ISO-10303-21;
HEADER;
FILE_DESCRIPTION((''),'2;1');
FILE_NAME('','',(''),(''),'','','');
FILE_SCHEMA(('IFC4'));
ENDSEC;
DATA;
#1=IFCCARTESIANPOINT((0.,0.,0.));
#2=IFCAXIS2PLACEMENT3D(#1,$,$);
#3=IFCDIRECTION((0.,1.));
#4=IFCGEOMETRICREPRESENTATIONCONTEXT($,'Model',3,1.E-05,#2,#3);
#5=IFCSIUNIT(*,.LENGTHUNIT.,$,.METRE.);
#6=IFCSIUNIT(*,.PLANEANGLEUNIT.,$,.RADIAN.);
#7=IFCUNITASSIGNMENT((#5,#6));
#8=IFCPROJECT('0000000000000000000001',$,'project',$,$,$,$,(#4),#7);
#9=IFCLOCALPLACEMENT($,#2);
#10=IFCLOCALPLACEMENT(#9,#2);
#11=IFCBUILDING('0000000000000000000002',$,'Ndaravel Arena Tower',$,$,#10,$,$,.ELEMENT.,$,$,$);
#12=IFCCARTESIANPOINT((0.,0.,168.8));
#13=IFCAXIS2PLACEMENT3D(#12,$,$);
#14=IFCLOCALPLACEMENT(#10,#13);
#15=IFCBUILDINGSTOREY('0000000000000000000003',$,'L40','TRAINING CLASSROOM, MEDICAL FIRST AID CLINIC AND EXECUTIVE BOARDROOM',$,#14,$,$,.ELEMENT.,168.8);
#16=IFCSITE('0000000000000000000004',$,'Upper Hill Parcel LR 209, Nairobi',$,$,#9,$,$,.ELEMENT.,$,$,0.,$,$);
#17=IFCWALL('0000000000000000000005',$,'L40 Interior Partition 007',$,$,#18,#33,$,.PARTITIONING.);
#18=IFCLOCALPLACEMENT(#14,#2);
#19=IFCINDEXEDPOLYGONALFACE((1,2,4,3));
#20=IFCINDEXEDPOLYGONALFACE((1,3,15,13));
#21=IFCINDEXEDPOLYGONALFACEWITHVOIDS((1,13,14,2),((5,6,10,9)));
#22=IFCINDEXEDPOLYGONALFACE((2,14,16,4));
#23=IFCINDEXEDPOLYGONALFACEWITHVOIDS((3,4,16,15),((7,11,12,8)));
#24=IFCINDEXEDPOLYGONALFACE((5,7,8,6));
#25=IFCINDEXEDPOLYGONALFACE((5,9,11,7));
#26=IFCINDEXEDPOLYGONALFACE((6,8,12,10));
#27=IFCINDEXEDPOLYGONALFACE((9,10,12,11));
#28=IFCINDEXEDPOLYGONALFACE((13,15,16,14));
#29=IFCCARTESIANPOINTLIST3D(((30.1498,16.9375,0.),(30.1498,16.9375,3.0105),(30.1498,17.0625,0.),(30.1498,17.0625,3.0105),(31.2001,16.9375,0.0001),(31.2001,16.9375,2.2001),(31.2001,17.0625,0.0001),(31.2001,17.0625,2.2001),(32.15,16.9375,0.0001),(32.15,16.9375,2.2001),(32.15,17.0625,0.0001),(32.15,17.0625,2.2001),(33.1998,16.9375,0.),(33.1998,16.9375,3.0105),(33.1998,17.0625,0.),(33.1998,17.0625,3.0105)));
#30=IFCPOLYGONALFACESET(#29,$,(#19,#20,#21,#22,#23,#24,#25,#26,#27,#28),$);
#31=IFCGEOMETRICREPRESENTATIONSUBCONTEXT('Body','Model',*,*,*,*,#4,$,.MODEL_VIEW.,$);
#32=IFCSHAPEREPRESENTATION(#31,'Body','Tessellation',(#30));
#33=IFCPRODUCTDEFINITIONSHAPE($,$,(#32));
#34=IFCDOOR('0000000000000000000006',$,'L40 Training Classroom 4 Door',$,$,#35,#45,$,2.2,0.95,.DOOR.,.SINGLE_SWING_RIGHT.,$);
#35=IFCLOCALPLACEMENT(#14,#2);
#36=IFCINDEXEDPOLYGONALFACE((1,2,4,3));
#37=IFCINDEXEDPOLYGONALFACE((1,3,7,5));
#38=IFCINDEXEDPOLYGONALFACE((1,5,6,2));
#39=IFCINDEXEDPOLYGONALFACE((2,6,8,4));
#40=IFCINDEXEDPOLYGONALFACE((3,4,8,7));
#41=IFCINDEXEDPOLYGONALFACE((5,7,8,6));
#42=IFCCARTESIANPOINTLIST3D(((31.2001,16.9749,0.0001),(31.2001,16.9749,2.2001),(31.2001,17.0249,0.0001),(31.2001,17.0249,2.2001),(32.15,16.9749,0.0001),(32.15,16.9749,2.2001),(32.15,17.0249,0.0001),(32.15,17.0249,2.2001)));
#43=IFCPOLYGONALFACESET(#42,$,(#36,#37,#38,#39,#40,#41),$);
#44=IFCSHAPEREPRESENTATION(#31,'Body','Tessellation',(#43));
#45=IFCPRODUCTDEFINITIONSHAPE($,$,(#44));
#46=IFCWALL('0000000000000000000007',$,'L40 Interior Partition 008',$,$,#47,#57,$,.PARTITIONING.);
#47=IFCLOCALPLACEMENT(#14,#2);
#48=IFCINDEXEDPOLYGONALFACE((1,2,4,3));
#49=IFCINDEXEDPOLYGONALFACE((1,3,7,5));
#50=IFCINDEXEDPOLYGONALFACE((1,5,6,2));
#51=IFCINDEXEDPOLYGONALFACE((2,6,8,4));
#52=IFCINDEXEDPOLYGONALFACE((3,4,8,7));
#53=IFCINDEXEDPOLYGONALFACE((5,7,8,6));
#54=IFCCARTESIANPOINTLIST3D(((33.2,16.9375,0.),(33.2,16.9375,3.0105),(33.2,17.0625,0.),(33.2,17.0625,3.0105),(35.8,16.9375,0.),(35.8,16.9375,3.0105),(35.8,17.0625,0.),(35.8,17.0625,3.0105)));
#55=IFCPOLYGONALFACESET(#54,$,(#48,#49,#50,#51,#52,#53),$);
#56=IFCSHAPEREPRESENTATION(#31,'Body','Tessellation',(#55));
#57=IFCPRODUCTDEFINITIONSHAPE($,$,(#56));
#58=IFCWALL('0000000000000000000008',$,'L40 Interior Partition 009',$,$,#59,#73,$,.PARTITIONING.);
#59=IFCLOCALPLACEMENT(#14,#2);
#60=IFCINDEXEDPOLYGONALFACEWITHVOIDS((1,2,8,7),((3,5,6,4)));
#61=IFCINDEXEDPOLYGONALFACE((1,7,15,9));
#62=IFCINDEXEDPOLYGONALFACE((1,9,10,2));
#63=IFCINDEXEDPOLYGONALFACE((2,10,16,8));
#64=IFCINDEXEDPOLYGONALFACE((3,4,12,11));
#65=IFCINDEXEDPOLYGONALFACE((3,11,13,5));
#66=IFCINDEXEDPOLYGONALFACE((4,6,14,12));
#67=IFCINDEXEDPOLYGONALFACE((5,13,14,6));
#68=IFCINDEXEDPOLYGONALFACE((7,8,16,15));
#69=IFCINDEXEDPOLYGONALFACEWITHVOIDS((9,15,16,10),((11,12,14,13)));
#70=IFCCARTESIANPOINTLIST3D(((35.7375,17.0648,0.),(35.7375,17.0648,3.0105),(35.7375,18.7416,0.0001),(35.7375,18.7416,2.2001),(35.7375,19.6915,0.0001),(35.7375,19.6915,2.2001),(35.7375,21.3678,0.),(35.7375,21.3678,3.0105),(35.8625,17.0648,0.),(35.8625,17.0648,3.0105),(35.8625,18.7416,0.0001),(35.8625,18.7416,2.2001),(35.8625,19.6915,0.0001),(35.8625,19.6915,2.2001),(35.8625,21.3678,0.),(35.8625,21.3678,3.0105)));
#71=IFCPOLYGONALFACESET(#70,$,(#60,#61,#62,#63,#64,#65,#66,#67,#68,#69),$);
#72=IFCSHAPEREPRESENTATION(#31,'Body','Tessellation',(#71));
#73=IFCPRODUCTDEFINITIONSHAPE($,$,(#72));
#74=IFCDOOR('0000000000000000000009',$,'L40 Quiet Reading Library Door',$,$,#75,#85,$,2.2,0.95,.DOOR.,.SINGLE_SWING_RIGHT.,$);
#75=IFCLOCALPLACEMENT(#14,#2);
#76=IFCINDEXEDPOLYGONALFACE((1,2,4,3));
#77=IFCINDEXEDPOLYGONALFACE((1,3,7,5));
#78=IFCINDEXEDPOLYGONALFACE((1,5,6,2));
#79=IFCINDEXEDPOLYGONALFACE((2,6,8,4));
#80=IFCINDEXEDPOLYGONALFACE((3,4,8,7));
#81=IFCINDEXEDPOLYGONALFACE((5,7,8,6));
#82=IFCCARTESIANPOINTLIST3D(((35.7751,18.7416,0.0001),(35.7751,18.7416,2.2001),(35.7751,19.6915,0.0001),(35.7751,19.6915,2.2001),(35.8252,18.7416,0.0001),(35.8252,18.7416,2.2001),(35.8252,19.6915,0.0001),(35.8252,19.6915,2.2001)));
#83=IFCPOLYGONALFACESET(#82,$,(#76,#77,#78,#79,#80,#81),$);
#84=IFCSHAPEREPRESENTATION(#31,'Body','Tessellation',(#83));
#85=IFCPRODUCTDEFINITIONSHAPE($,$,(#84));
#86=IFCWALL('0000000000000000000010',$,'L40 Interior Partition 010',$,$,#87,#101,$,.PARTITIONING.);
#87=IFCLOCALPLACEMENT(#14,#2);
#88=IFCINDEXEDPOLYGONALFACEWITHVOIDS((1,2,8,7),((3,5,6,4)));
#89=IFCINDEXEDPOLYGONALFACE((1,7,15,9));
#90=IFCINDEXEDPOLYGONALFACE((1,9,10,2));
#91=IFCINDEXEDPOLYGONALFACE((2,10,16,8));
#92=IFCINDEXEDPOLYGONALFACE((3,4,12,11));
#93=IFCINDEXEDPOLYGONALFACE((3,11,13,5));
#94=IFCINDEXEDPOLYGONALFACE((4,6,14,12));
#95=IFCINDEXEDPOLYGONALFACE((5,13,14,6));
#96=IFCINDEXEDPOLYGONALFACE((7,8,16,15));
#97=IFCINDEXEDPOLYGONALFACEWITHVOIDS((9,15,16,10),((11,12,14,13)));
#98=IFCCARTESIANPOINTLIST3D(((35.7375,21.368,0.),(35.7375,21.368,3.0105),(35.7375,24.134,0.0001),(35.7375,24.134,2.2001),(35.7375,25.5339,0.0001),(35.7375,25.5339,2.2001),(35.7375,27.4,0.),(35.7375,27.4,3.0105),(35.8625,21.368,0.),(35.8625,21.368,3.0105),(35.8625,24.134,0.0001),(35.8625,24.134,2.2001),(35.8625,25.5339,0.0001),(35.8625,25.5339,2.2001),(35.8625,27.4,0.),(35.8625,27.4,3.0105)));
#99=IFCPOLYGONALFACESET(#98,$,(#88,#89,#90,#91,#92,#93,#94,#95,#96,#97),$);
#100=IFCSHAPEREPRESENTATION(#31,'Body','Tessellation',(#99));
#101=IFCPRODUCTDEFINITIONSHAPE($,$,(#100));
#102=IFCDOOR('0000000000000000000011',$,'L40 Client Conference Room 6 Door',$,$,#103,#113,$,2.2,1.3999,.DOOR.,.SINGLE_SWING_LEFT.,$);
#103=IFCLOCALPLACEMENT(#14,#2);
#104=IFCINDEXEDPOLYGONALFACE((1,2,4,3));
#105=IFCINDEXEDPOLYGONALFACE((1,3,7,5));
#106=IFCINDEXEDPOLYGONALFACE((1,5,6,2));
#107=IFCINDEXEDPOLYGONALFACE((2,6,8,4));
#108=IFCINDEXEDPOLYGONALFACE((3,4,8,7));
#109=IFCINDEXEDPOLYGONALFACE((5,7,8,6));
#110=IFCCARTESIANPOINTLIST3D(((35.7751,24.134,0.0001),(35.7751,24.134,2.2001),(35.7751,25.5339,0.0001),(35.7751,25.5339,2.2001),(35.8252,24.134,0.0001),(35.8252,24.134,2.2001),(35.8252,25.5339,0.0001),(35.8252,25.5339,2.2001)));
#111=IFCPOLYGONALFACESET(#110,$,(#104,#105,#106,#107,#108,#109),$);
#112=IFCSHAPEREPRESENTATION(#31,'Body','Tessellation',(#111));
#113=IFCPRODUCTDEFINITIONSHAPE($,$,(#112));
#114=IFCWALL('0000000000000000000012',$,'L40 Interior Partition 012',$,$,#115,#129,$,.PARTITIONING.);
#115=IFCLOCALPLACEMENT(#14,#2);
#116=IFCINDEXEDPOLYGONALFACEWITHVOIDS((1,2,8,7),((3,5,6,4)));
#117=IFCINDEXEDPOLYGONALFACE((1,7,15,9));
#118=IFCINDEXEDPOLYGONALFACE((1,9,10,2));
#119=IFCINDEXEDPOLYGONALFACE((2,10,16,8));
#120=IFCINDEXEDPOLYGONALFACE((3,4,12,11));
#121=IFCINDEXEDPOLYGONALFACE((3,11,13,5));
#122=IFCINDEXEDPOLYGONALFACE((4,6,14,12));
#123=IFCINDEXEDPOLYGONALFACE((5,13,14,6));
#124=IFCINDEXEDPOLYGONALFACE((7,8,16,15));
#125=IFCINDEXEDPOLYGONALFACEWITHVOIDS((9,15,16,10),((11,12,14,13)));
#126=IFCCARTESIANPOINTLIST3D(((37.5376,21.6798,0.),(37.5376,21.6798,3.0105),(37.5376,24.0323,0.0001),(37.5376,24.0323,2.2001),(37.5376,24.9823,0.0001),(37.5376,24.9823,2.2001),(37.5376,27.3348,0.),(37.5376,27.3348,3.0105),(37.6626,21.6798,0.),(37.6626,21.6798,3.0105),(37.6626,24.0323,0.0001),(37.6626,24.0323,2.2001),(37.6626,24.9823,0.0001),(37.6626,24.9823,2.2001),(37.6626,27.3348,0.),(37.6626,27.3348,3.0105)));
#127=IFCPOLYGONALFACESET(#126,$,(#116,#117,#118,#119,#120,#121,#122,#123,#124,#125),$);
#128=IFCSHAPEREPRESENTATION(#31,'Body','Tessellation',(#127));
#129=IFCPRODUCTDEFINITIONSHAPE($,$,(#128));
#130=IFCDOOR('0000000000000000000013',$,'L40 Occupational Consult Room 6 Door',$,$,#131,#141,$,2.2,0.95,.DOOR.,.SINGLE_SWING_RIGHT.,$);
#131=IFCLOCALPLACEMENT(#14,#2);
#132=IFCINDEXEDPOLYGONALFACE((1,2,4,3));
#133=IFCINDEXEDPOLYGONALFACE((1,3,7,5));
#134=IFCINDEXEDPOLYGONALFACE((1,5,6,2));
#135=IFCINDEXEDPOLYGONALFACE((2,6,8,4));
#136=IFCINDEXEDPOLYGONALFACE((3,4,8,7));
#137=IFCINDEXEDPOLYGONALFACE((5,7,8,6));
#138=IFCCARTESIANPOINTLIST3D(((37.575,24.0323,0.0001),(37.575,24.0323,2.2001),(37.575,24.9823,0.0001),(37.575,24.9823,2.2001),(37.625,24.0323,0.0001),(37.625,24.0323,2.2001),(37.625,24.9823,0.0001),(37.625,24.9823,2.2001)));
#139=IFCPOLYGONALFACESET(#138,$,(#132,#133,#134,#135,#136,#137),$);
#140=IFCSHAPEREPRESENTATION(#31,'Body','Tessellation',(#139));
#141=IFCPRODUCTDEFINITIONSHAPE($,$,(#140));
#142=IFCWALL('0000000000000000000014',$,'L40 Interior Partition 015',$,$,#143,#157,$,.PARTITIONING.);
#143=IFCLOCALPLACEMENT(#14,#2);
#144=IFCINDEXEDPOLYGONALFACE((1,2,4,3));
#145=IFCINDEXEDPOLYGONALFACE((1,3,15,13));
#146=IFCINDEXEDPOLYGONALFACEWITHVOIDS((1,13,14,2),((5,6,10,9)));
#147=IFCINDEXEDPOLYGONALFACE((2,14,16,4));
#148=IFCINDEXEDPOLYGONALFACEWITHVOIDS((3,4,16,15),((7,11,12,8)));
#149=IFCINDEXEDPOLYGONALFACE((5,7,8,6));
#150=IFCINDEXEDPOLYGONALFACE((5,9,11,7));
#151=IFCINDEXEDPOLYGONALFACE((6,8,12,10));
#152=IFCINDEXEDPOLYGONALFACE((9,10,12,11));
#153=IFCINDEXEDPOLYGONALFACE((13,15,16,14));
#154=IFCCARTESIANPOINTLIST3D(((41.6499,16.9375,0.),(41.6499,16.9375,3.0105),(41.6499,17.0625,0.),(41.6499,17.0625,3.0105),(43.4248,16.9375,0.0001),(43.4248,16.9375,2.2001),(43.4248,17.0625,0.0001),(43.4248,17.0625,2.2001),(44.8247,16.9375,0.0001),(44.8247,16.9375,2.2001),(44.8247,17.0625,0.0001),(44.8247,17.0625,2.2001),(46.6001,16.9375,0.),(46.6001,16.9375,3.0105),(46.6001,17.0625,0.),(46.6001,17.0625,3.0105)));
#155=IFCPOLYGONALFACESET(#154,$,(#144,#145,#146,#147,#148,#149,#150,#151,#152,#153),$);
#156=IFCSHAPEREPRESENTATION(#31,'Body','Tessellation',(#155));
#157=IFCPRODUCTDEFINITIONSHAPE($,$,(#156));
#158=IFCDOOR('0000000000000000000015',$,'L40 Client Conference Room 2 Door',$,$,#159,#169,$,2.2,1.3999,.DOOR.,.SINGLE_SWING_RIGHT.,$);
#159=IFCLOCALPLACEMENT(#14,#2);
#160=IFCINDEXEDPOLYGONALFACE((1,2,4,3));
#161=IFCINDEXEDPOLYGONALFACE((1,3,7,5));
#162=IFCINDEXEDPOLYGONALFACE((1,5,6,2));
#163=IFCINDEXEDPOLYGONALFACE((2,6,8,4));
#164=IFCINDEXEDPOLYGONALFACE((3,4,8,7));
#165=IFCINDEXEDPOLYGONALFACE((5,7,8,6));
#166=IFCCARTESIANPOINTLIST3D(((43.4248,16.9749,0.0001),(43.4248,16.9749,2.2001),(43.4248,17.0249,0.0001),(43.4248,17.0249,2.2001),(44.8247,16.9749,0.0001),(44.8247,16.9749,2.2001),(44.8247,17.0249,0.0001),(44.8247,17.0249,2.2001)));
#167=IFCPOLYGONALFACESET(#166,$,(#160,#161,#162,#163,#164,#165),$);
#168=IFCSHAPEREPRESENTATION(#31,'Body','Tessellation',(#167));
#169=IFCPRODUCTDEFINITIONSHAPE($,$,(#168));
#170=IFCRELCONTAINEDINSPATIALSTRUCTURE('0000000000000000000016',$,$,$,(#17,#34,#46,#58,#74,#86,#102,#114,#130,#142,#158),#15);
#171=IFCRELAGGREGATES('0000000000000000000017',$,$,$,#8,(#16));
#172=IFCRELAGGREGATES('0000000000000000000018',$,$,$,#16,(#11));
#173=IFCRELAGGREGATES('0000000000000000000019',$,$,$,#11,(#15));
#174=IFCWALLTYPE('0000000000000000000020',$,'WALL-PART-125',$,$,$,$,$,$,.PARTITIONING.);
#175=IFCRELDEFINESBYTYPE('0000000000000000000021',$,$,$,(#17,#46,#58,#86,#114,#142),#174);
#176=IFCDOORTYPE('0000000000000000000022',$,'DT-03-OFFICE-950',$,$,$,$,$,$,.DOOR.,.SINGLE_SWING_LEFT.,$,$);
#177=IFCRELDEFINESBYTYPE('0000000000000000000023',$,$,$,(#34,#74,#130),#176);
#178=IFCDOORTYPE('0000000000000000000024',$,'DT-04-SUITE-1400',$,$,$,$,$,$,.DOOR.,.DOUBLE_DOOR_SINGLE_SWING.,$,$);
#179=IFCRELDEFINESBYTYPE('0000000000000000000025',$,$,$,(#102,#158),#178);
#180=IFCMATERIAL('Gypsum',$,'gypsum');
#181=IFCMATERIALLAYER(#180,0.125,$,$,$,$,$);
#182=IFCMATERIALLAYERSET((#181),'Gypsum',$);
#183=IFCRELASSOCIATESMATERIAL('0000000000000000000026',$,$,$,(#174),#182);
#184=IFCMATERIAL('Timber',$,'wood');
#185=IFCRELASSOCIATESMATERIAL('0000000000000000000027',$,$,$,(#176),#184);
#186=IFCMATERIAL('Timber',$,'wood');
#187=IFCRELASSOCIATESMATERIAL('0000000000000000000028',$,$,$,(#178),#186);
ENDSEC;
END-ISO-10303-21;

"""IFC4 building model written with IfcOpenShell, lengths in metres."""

from ifc_helpers import new_model, si_unit, direction, frame, frame_2d, origin, place, context, subcontext, project, spatial, rectangle, extrude, material, layer, layer_set, type_object, element, fill, save


model = new_model("IFC4")

# Units and contexts
model_context = context("Model", 3, precision=1e-05, world=origin(), true_north=direction((0.0, 1.0)))
body_context = subcontext(model_context, "Body", "Model", "MODEL_VIEW")
ifc_project = project(units=[si_unit("LENGTHUNIT", "METRE"), si_unit("PLANEANGLEUNIT", "RADIAN")], contexts=[model_context])

# Site, building, storey
site_placement = place(None, origin())
site = spatial("IfcSite", under=ifc_project, at=site_placement, Name="Upper Hill Parcel LR 209, Nairobi", CompositionType="ELEMENT", RefElevation=0.0)
building_placement = place(site_placement, origin())
building = spatial("IfcBuilding", under=site, at=building_placement, Name="Ndaravel Arena Tower", CompositionType="ELEMENT")
storey_placement = place(building_placement, frame((0.0, 0.0, 168.8)))
storey = spatial("IfcBuildingStorey", under=building, at=storey_placement, Name="L40", Description="TRAINING CLASSROOM, MEDICAL FIRST AID CLINIC AND EXECUTIVE BOARDROOM", CompositionType="ELEMENT", Elevation=168.8)

# Wall, opening, door
ifc_material_1 = material(Name="Gypsum", Category="gypsum")
ifc_layer_1 = layer(ifc_material_1, 0.125)
ifc_layer_set_1 = layer_set([ifc_layer_1], Name="Gypsum")
wall_type_1 = type_object("IfcWallType", Name="WALL-PART-125", PredefinedType="PARTITIONING", material=ifc_layer_set_1)
wall_1_placement = place(storey_placement, frame((30.1499, 17.0, 0.0), z_axis=(0.0, 0.0, 1.0), x_axis=(1.0, 0.0, 0.0)))
wall_1 = element("IfcWall", 1, at=wall_1_placement, inside=storey, type_object=wall_type_1, Name="L40 Interior Partition 007", PredefinedType="PARTITIONING", context=body_context, shape_type="SweptSolid", body=[
    extrude(rectangle(XDim=3.05, YDim=0.125, at=frame_2d((1.5249, 0.0))), origin(), (0.0, 0.0, 1.0), 3.0105),
])
opening_1_placement = place(wall_1_placement, frame((1.05, 0.0, 0.0)))
opening_1 = element("IfcOpeningElement", 2, at=opening_1_placement, cuts=wall_1, PredefinedType="OPENING", context=body_context, shape_type="SweptSolid", body=[
    extrude(rectangle(XDim=0.95, YDim=2.2, at=frame_2d((0.4751, 1.1001))), frame((0.0, 0.0625, 0.0), z_axis=(0.0, -1.0, 0.0), x_axis=(1.0, 0.0, 0.0)), (0.0, 0.0, 1.0), 0.125),
])
ifc_material_2 = material(Name="Timber", Category="wood")
door_type_1 = type_object("IfcDoorType", Name="DT-03-OFFICE-950", OperationType="SINGLE_SWING_LEFT", PredefinedType="DOOR", material=ifc_material_2)
door_1_placement = place(opening_1_placement, origin())
door_1 = element("IfcDoor", 3, at=door_1_placement, inside=storey, type_object=door_type_1, Name="L40 Training Classroom 4 Door", OperationType="SINGLE_SWING_RIGHT", OverallHeight=2.2, OverallWidth=0.95, PredefinedType="DOOR", context=body_context, shape_type="SweptSolid", body=[
    extrude(rectangle(XDim=0.95, YDim=2.2, at=frame_2d((0.4751, 1.1001))), frame((0.0, 0.0249, 0.0), z_axis=(0.0, -1.0, 0.0), x_axis=(1.0, 0.0, 0.0)), (0.0, 0.0, 1.0), 0.05),
])
fill(opening_1, door_1)

# Wall
wall_2_placement = place(storey_placement, frame((33.2, 17.0, 0.0), z_axis=(0.0, 0.0, 1.0), x_axis=(1.0, 0.0, 0.0)))
element("IfcWall", 4, at=wall_2_placement, inside=storey, type_object=wall_type_1, Name="L40 Interior Partition 008", PredefinedType="PARTITIONING", context=body_context, shape_type="SweptSolid", body=[
    extrude(rectangle(XDim=2.6001, YDim=0.125, at=frame_2d((1.3, 0.0))), origin(), (0.0, 0.0, 1.0), 3.0105),
])

# Walls, openings, doors
wall_3_placement = place(storey_placement, frame((35.8, 17.0649, 0.0), z_axis=(0.0, 0.0, 1.0), x_axis=(0.0, 1.0, 0.0)))
wall_3 = element("IfcWall", 5, at=wall_3_placement, inside=storey, type_object=wall_type_1, Name="L40 Interior Partition 009", PredefinedType="PARTITIONING", context=body_context, shape_type="SweptSolid", body=[
    extrude(rectangle(XDim=4.303, YDim=0.125, at=frame_2d((2.1514, 0.0))), origin(), (0.0, 0.0, 1.0), 3.0105),
])
opening_2_placement = place(wall_3_placement, frame((1.6765, 0.0, 0.0)))
opening_2 = element("IfcOpeningElement", 6, at=opening_2_placement, cuts=wall_3, PredefinedType="OPENING", context=body_context, shape_type="SweptSolid", body=[
    extrude(rectangle(XDim=0.95, YDim=2.2, at=frame_2d((0.4751, 1.1001))), frame((0.0, 0.0625, 0.0), z_axis=(0.0, -1.0, 0.0), x_axis=(1.0, 0.0, 0.0)), (0.0, 0.0, 1.0), 0.125),
])
door_2_placement = place(opening_2_placement, origin())
door_2 = element("IfcDoor", 7, at=door_2_placement, inside=storey, type_object=door_type_1, Name="L40 Quiet Reading Library Door", OperationType="SINGLE_SWING_RIGHT", OverallHeight=2.2, OverallWidth=0.95, PredefinedType="DOOR", context=body_context, shape_type="SweptSolid", body=[
    extrude(rectangle(XDim=0.95, YDim=2.2, at=frame_2d((0.4751, 1.1001))), frame((0.0, 0.0249, 0.0), z_axis=(0.0, -1.0, 0.0), x_axis=(1.0, 0.0, 0.0)), (0.0, 0.0, 1.0), 0.05),
])
fill(opening_2, door_2)
wall_4_placement = place(storey_placement, frame((35.8, 21.3679, 0.0), z_axis=(0.0, 0.0, 1.0), x_axis=(0.0, 1.0, 0.0)))
wall_4 = element("IfcWall", 8, at=wall_4_placement, inside=storey, type_object=wall_type_1, Name="L40 Interior Partition 010", PredefinedType="PARTITIONING", context=body_context, shape_type="SweptSolid", body=[
    extrude(rectangle(XDim=6.032, YDim=0.125, at=frame_2d((3.0161, 0.0))), origin(), (0.0, 0.0, 1.0), 3.0105),
])
opening_3_placement = place(wall_4_placement, frame((2.7661, 0.0, 0.0)))
opening_3 = element("IfcOpeningElement", 9, at=opening_3_placement, cuts=wall_4, PredefinedType="OPENING", context=body_context, shape_type="SweptSolid", body=[
    extrude(rectangle(XDim=1.3999, YDim=2.2, at=frame_2d((0.7, 1.1001))), frame((0.0, 0.0625, 0.0), z_axis=(0.0, -1.0, 0.0), x_axis=(1.0, 0.0, 0.0)), (0.0, 0.0, 1.0), 0.125),
])
ifc_material_3 = material(Name="Timber", Category="wood")
door_type_2 = type_object("IfcDoorType", Name="DT-04-SUITE-1400", OperationType="DOUBLE_DOOR_SINGLE_SWING", PredefinedType="DOOR", material=ifc_material_3)
door_3_placement = place(opening_3_placement, origin())
door_3 = element("IfcDoor", 10, at=door_3_placement, inside=storey, type_object=door_type_2, Name="L40 Client Conference Room 6 Door", OperationType="SINGLE_SWING_LEFT", OverallHeight=2.2, OverallWidth=1.3999, PredefinedType="DOOR", context=body_context, shape_type="SweptSolid", body=[
    extrude(rectangle(XDim=1.3999, YDim=2.2, at=frame_2d((0.7, 1.1001))), frame((0.0, 0.0249, 0.0), z_axis=(0.0, -1.0, 0.0), x_axis=(1.0, 0.0, 0.0)), (0.0, 0.0, 1.0), 0.05),
])
fill(opening_3, door_3)
wall_5_placement = place(storey_placement, frame((37.6001, 27.335, 0.0), z_axis=(0.0, 0.0, 1.0), x_axis=(0.0, -1.0, 0.0)))
wall_5 = element("IfcWall", 11, at=wall_5_placement, inside=storey, type_object=wall_type_1, Name="L40 Interior Partition 012", PredefinedType="PARTITIONING", context=body_context, shape_type="SweptSolid", body=[
    extrude(rectangle(XDim=5.655, YDim=0.125, at=frame_2d((2.8276, 0.0))), origin(), (0.0, 0.0, 1.0), 3.0105),
])
opening_4_placement = place(wall_5_placement, frame((2.3525, 0.0, 0.0)))
opening_4 = element("IfcOpeningElement", 12, at=opening_4_placement, cuts=wall_5, PredefinedType="OPENING", context=body_context, shape_type="SweptSolid", body=[
    extrude(rectangle(XDim=0.95, YDim=2.2, at=frame_2d((0.4751, 1.1001))), frame((0.0, 0.0625, 0.0), z_axis=(0.0, -1.0, 0.0), x_axis=(1.0, 0.0, 0.0)), (0.0, 0.0, 1.0), 0.125),
])
door_4_placement = place(opening_4_placement, origin())
door_4 = element("IfcDoor", 13, at=door_4_placement, inside=storey, type_object=door_type_1, Name="L40 Occupational Consult Room 6 Door", OperationType="SINGLE_SWING_RIGHT", OverallHeight=2.2, OverallWidth=0.95, PredefinedType="DOOR", context=body_context, shape_type="SweptSolid", body=[
    extrude(rectangle(XDim=0.95, YDim=2.2, at=frame_2d((0.4751, 1.1001))), frame((0.0, 0.0249, 0.0), z_axis=(0.0, -1.0, 0.0), x_axis=(1.0, 0.0, 0.0)), (0.0, 0.0, 1.0), 0.05),
])
fill(opening_4, door_4)
wall_6_placement = place(storey_placement, frame((41.6499, 17.0, 0.0), z_axis=(0.0, 0.0, 1.0), x_axis=(1.0, 0.0, 0.0)))
wall_6 = element("IfcWall", 14, at=wall_6_placement, inside=storey, type_object=wall_type_1, Name="L40 Interior Partition 015", PredefinedType="PARTITIONING", context=body_context, shape_type="SweptSolid", body=[
    extrude(rectangle(XDim=4.9502, YDim=0.125, at=frame_2d((2.4751, 0.0))), origin(), (0.0, 0.0, 1.0), 3.0105),
])
opening_5_placement = place(wall_6_placement, frame((1.7749, 0.0, 0.0)))
opening_5 = element("IfcOpeningElement", 15, at=opening_5_placement, cuts=wall_6, PredefinedType="OPENING", context=body_context, shape_type="SweptSolid", body=[
    extrude(rectangle(XDim=1.3999, YDim=2.2, at=frame_2d((0.7, 1.1001))), frame((0.0, 0.0625, 0.0), z_axis=(0.0, -1.0, 0.0), x_axis=(1.0, 0.0, 0.0)), (0.0, 0.0, 1.0), 0.125),
])
door_5_placement = place(opening_5_placement, origin())
door_5 = element("IfcDoor", 16, at=door_5_placement, inside=storey, type_object=door_type_2, Name="L40 Client Conference Room 2 Door", OperationType="SINGLE_SWING_RIGHT", OverallHeight=2.2, OverallWidth=1.3999, PredefinedType="DOOR", context=body_context, shape_type="SweptSolid", body=[
    extrude(rectangle(XDim=1.3999, YDim=2.2, at=frame_2d((0.7, 1.1001))), frame((0.0, 0.0249, 0.0), z_axis=(0.0, -1.0, 0.0), x_axis=(1.0, 0.0, 0.0)), (0.0, 0.0, 1.0), 0.05),
])
fill(opening_5, door_5)

save(model, "model.ifc")
